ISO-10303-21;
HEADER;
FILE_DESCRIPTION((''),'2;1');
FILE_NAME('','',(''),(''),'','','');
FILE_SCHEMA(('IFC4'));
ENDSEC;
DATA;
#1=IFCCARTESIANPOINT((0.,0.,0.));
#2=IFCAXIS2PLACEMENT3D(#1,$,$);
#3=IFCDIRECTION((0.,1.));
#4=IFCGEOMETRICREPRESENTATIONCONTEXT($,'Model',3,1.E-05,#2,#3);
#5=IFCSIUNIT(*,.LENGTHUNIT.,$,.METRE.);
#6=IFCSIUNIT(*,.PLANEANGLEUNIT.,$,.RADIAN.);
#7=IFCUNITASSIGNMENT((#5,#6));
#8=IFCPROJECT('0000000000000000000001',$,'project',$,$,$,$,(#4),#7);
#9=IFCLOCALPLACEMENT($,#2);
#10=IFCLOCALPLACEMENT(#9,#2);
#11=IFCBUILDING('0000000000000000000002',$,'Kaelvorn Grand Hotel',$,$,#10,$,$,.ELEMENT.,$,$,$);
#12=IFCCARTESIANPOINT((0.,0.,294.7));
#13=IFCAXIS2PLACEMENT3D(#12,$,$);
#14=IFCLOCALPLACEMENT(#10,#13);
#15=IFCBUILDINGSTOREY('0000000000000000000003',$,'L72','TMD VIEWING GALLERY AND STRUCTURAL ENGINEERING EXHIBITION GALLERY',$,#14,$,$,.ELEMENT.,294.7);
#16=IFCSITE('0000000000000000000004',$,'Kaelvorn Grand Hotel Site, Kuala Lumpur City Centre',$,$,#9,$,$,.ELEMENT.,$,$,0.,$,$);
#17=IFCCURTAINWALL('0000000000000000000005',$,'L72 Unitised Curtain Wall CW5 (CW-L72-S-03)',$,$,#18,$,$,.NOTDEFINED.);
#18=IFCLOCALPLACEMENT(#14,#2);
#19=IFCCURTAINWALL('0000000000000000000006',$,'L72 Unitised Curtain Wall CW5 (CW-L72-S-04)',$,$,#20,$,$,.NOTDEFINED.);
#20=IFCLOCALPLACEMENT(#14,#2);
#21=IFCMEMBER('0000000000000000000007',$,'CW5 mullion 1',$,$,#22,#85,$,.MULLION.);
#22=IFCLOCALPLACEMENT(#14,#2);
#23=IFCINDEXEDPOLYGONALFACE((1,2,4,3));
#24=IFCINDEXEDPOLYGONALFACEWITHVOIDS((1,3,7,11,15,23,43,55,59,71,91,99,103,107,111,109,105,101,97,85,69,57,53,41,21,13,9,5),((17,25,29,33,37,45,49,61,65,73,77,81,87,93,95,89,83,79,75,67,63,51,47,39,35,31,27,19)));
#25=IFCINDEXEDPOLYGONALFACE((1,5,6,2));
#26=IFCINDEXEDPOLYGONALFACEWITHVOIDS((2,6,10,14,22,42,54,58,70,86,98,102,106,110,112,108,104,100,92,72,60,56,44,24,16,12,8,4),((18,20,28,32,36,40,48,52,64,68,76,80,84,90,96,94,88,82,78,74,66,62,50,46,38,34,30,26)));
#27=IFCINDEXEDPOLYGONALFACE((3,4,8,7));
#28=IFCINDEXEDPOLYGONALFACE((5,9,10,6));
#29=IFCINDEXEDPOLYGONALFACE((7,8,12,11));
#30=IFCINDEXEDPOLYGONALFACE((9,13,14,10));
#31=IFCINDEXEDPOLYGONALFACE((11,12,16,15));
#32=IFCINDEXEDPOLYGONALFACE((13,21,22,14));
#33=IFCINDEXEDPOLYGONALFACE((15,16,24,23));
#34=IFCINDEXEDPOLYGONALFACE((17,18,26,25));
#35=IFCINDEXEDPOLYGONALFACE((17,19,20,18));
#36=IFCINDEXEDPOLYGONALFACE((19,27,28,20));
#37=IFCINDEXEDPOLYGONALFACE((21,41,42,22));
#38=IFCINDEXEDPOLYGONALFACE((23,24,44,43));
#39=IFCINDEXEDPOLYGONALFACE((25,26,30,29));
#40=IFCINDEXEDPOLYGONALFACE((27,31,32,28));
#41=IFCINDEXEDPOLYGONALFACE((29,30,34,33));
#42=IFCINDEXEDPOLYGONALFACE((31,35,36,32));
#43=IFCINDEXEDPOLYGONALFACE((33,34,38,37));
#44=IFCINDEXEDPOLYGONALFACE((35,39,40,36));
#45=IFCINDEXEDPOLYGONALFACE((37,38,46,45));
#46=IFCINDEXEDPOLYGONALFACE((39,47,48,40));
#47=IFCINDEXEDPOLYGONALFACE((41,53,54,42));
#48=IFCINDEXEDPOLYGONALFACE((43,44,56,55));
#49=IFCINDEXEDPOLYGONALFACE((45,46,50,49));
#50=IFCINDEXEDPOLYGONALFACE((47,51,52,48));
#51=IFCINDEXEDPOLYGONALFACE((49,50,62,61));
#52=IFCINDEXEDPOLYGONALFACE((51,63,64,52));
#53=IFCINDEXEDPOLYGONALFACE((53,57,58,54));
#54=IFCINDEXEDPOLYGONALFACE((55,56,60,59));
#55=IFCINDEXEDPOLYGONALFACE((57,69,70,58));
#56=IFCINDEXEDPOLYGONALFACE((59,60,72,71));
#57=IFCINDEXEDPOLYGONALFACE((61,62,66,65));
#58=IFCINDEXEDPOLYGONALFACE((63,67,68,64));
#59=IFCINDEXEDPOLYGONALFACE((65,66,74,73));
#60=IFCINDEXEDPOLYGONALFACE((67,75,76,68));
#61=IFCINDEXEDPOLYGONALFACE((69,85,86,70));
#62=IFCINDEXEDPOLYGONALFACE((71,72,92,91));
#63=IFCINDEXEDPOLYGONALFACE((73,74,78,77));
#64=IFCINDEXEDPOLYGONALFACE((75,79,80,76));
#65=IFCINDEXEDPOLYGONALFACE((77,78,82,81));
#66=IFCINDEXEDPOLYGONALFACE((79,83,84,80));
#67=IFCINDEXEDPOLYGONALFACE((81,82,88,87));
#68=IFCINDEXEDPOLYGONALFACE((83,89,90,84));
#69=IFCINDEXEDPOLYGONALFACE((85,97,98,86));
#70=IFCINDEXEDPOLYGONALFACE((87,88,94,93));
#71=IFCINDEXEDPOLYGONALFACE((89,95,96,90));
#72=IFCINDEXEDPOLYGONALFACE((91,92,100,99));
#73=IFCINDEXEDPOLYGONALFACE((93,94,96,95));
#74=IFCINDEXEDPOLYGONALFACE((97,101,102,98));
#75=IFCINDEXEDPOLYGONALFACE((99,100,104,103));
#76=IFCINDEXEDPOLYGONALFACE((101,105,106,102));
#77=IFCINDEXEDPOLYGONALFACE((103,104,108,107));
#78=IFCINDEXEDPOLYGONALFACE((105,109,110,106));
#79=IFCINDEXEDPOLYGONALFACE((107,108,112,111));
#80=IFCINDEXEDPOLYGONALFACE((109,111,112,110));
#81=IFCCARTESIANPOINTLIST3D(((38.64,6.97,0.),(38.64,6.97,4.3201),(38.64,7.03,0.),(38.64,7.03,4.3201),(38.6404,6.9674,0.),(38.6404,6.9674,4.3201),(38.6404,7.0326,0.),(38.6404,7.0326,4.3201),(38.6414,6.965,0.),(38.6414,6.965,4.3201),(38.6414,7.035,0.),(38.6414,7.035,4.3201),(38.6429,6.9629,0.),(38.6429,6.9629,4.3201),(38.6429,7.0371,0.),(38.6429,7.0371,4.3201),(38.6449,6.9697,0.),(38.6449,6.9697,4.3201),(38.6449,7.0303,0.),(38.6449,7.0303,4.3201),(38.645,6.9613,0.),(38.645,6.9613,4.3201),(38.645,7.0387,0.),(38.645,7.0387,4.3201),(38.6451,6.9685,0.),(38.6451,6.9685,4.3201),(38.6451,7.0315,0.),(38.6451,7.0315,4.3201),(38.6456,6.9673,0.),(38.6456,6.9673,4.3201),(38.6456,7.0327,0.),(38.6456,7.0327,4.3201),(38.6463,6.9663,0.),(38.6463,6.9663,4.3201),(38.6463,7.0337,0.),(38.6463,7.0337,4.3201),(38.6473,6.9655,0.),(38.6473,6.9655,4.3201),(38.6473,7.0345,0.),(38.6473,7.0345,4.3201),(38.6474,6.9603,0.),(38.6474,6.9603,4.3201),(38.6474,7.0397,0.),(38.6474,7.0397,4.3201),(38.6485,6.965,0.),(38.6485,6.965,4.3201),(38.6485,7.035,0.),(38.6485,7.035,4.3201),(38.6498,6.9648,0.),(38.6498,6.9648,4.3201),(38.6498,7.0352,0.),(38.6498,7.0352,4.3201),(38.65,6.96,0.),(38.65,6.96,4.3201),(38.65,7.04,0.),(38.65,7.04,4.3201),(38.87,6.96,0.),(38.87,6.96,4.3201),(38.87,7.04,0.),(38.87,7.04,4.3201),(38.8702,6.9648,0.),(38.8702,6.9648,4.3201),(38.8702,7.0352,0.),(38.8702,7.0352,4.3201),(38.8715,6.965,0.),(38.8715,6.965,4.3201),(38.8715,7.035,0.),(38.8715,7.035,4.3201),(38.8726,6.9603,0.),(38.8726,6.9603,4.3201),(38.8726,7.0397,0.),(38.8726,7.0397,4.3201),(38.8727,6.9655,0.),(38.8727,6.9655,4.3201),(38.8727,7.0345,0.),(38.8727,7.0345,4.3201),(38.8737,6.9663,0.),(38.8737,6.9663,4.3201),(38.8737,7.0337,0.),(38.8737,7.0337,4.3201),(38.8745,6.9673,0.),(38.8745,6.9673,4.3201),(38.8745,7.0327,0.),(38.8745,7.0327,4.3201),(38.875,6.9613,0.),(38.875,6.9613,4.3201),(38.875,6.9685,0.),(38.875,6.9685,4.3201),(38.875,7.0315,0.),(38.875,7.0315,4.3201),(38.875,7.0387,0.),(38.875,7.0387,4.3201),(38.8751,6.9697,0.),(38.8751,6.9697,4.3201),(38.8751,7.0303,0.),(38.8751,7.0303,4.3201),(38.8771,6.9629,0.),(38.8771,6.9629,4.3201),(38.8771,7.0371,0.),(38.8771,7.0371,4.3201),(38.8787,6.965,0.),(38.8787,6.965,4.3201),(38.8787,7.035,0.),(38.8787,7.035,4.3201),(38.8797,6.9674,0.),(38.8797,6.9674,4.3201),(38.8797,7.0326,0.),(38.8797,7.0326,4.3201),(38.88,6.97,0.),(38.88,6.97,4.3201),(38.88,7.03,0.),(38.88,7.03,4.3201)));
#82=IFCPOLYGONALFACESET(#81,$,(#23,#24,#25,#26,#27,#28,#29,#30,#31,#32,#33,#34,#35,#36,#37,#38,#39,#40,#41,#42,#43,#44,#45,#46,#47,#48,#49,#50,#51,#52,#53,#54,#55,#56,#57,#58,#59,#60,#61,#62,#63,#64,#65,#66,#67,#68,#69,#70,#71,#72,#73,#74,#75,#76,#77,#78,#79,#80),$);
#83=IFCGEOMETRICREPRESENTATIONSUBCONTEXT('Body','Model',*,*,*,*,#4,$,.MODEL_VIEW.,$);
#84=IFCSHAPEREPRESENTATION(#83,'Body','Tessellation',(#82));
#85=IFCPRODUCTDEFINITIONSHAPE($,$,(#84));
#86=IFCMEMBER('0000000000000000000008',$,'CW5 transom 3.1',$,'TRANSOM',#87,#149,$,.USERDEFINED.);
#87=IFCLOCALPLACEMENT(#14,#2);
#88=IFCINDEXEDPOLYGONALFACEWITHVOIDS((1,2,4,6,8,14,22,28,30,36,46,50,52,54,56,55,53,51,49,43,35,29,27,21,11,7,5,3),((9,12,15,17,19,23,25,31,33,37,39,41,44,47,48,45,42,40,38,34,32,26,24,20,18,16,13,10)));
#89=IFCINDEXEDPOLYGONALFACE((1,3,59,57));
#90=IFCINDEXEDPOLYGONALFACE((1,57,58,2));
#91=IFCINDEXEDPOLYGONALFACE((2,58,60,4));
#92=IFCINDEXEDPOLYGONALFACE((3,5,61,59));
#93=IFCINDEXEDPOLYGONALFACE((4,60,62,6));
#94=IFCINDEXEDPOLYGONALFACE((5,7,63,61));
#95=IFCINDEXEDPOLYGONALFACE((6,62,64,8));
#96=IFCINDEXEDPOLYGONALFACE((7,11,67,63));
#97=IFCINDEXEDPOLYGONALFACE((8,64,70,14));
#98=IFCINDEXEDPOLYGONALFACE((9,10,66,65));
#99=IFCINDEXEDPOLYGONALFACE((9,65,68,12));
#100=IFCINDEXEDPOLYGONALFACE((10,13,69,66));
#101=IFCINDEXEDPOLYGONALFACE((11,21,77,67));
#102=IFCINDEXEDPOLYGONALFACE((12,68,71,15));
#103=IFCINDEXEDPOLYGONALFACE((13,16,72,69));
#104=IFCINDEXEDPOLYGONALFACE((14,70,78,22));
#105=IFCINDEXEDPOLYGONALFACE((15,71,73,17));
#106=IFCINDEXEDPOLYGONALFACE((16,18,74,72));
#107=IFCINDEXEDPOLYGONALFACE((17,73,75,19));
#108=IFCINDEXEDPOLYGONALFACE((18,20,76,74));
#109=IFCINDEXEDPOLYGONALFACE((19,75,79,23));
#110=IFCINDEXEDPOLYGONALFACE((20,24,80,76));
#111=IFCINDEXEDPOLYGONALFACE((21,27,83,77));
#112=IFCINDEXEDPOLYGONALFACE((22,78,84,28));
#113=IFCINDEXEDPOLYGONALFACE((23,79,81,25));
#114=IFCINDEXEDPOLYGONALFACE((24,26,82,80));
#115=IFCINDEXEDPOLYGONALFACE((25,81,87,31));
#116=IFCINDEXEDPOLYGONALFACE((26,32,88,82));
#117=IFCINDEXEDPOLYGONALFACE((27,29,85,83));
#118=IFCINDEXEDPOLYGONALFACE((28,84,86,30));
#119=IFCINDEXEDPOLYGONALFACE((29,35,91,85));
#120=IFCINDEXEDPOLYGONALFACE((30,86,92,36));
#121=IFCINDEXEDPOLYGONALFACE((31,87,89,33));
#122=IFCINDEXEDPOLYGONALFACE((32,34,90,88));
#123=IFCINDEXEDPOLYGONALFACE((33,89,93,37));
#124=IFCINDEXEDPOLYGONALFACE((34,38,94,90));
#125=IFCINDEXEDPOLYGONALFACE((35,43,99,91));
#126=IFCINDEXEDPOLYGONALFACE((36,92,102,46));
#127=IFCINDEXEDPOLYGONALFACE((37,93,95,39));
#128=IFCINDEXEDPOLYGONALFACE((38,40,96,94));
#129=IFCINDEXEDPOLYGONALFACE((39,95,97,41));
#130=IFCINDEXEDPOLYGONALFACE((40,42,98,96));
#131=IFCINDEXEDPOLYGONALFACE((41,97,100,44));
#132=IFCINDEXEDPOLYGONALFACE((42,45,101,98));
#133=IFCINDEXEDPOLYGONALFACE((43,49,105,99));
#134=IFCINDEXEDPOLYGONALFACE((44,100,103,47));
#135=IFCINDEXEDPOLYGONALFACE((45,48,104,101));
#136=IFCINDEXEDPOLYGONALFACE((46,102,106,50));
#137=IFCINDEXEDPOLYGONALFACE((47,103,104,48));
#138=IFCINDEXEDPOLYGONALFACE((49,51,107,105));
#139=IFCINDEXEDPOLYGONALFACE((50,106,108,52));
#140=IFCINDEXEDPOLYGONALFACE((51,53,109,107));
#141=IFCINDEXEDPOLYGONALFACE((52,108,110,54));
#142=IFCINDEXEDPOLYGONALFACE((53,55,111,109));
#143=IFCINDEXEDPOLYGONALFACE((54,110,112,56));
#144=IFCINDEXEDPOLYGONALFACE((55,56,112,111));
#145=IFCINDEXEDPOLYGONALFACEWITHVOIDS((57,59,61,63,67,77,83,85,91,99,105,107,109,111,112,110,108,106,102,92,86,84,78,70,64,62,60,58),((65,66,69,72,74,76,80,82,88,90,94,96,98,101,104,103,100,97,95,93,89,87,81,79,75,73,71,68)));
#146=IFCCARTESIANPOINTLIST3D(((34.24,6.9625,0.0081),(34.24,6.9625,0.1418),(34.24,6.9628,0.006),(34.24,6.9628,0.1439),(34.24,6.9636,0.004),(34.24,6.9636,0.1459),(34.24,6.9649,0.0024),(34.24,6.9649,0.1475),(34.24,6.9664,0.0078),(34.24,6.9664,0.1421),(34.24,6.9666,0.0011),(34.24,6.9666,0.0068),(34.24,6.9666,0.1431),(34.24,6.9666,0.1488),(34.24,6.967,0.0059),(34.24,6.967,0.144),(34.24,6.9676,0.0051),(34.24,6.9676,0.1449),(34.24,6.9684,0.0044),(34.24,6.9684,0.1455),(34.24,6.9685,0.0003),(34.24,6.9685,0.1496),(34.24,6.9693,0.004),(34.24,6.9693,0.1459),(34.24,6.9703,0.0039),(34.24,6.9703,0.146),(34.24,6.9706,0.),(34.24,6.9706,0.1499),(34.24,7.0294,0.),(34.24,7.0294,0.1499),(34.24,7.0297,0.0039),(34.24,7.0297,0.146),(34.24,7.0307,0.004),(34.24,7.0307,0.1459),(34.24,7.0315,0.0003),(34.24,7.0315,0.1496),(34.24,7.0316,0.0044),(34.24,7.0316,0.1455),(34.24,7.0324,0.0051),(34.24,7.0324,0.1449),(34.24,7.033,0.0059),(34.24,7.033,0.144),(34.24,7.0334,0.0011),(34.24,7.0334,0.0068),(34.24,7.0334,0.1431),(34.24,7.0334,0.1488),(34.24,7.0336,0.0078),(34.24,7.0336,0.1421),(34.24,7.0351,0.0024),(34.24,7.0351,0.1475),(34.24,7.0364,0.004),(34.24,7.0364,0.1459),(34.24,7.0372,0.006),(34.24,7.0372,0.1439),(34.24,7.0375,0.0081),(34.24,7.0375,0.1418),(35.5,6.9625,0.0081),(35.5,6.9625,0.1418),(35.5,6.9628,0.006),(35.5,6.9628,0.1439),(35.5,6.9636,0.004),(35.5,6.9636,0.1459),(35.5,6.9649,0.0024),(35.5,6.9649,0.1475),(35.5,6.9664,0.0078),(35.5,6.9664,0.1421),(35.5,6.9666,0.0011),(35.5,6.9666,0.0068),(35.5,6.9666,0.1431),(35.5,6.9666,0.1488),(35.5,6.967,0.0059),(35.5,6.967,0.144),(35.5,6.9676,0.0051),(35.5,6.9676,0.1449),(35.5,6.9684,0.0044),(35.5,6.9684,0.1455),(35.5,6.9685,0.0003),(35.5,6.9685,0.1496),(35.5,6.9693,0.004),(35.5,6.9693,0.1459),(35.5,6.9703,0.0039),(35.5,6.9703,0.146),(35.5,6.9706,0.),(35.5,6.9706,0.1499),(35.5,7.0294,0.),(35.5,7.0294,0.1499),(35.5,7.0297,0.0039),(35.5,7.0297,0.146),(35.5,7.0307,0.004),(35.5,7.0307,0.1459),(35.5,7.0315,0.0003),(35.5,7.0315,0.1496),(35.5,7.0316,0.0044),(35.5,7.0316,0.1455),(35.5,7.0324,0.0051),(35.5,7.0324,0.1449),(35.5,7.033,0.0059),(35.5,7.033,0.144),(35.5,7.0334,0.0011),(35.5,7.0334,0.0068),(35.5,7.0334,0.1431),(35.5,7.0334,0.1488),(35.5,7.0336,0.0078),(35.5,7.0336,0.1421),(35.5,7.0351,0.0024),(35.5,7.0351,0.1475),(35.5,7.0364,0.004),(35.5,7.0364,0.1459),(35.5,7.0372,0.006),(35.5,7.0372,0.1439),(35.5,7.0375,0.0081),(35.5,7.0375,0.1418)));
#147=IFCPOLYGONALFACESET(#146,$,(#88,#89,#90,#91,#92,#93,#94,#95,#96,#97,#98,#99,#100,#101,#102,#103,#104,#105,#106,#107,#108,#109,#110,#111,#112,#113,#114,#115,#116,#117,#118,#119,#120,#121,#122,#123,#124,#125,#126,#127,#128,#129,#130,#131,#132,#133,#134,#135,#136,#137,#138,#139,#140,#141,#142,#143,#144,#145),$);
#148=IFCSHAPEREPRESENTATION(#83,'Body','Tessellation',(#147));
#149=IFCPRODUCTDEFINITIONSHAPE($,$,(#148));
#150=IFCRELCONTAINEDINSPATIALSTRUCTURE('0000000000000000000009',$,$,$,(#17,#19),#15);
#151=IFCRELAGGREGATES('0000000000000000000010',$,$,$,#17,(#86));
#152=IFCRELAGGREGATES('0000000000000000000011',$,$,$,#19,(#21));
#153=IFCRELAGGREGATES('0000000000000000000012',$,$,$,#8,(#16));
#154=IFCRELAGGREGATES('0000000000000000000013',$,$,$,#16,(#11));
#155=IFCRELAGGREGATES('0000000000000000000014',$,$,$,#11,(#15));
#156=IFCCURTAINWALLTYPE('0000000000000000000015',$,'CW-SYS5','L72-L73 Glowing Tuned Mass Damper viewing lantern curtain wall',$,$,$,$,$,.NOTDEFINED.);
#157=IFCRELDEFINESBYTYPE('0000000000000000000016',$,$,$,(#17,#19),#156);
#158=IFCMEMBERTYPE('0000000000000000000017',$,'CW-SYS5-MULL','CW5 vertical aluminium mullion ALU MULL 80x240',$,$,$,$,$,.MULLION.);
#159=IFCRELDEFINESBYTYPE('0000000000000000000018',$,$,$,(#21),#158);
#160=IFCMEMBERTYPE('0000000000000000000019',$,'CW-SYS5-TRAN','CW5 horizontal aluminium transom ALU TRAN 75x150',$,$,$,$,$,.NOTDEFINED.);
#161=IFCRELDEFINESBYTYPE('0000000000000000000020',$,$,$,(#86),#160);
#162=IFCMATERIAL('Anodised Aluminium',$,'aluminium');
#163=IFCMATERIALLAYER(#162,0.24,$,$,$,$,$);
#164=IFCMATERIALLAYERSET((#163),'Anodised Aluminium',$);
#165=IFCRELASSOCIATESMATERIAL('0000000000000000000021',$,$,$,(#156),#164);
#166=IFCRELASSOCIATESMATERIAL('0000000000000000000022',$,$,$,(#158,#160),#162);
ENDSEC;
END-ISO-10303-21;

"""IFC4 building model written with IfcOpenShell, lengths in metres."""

from ifc_helpers import new_model, si_unit, direction, frame, origin, origin_2d, place, context, subcontext, project, spatial, hollow_rectangle, extrude, material, layer, layer_set, material_profile, profile_set, type_object, element, aggregate, save


model = new_model("IFC4")

# Units and contexts
model_context = context("Model", 3, precision=1e-05, world=origin(), true_north=direction((0.0, 1.0)))
body_context = subcontext(model_context, "Body", "Model", "MODEL_VIEW")
ifc_project = project(units=[si_unit("LENGTHUNIT", "METRE"), si_unit("PLANEANGLEUNIT", "RADIAN")], contexts=[model_context])

# Site, building, storey
site_placement = place(None, origin())
site = spatial("IfcSite", under=ifc_project, at=site_placement, Name="Kaelvorn Grand Hotel Site, Kuala Lumpur City Centre", CompositionType="ELEMENT", RefElevation=0.0)
building_placement = place(site_placement, origin())
building = spatial("IfcBuilding", under=site, at=building_placement, Name="Kaelvorn Grand Hotel", CompositionType="ELEMENT")
storey_placement = place(building_placement, frame((0.0, 0.0, 294.7)))
storey = spatial("IfcBuildingStorey", under=building, at=storey_placement, Name="L72", Description="TMD VIEWING GALLERY AND STRUCTURAL ENGINEERING EXHIBITION GALLERY", CompositionType="ELEMENT", Elevation=294.7)

# Curtain wall
ifc_material_1 = material(Name="Anodised Aluminium", Category="aluminium")
ifc_layer_1 = layer(ifc_material_1, 0.24)
ifc_layer_set_1 = layer_set([ifc_layer_1], Name="Anodised Aluminium")
curtain_wall_type = type_object("IfcCurtainWallType", Name="CW-SYS5", Description="L72-L73 Glowing Tuned Mass Damper viewing lantern curtain wall", PredefinedType="NOTDEFINED", material=ifc_layer_set_1)
curtain_wall_1_placement = place(storey_placement, origin())
curtain_wall_1 = element("IfcCurtainWall", 1, at=curtain_wall_1_placement, inside=storey, type_object=curtain_wall_type, Name="L72 Unitised Curtain Wall CW5 (CW-L72-S-03)", PredefinedType="NOTDEFINED")
ifc_material_profile_1 = material_profile(ifc_material_1, hollow_rectangle(XDim=0.0801, YDim=0.24, WallThickness=0.0049, InnerFilletRadius=0.0049, OuterFilletRadius=0.01, at=origin_2d()), Name="ALU MULL 80x240")
ifc_profile_set_1 = profile_set([ifc_material_profile_1], Name="Anodised Aluminium")
member_type_1 = type_object("IfcMemberType", Name="CW-SYS5-MULL", Description="CW5 vertical aluminium mullion ALU MULL 80x240", PredefinedType="MULLION", material=ifc_profile_set_1)

# Curtain wall, member
curtain_wall_2_placement = place(storey_placement, origin())
curtain_wall_2 = element("IfcCurtainWall", 2, at=curtain_wall_2_placement, inside=storey, type_object=curtain_wall_type, Name="L72 Unitised Curtain Wall CW5 (CW-L72-S-04)", PredefinedType="NOTDEFINED")
member_1_placement = place(storey_placement, frame((38.76, 7.0, 0.0), z_axis=(0.0, 0.0, 1.0), x_axis=(0.0, 1.0, 0.0)))
member_1 = element("IfcMember", 3, at=member_1_placement, type_object=member_type_1, Name="CW5 mullion 1", PredefinedType="MULLION", context=body_context, shape_type="SweptSolid", body=[
    extrude(hollow_rectangle(XDim=0.0801, YDim=0.24, WallThickness=0.0049, InnerFilletRadius=0.0049, OuterFilletRadius=0.01, at=origin_2d()), origin(), (0.0, 0.0, 1.0), 4.3201),
])

# Member
ifc_material_profile_2 = material_profile(ifc_material_1, hollow_rectangle(XDim=0.075, YDim=0.1499, WallThickness=0.0039, InnerFilletRadius=0.0039, OuterFilletRadius=0.0081, at=origin_2d()), Name="ALU TRAN 75x150")
ifc_profile_set_2 = profile_set([ifc_material_profile_2], Name="Anodised Aluminium")
member_type_2 = type_object("IfcMemberType", Name="CW-SYS5-TRAN", Description="CW5 horizontal aluminium transom ALU TRAN 75x150", PredefinedType="NOTDEFINED", material=ifc_profile_set_2)
member_2_placement = place(storey_placement, frame((34.24, 7.0, 0.075), z_axis=(1.0, 0.0, 0.0), x_axis=(0.0, 1.0, 0.0)))
member_2 = element("IfcMember", 4, at=member_2_placement, type_object=member_type_2, Name="CW5 transom 3.1", ObjectType="TRANSOM", PredefinedType="USERDEFINED", context=body_context, shape_type="SweptSolid", body=[
    extrude(hollow_rectangle(XDim=0.075, YDim=0.1499, WallThickness=0.0039, InnerFilletRadius=0.0039, OuterFilletRadius=0.0081, at=origin_2d()), origin(), (0.0, 0.0, 1.0), 1.26),
])

aggregate(curtain_wall_1, [member_2])
aggregate(curtain_wall_2, [member_1])

save(model, "model.ifc")
